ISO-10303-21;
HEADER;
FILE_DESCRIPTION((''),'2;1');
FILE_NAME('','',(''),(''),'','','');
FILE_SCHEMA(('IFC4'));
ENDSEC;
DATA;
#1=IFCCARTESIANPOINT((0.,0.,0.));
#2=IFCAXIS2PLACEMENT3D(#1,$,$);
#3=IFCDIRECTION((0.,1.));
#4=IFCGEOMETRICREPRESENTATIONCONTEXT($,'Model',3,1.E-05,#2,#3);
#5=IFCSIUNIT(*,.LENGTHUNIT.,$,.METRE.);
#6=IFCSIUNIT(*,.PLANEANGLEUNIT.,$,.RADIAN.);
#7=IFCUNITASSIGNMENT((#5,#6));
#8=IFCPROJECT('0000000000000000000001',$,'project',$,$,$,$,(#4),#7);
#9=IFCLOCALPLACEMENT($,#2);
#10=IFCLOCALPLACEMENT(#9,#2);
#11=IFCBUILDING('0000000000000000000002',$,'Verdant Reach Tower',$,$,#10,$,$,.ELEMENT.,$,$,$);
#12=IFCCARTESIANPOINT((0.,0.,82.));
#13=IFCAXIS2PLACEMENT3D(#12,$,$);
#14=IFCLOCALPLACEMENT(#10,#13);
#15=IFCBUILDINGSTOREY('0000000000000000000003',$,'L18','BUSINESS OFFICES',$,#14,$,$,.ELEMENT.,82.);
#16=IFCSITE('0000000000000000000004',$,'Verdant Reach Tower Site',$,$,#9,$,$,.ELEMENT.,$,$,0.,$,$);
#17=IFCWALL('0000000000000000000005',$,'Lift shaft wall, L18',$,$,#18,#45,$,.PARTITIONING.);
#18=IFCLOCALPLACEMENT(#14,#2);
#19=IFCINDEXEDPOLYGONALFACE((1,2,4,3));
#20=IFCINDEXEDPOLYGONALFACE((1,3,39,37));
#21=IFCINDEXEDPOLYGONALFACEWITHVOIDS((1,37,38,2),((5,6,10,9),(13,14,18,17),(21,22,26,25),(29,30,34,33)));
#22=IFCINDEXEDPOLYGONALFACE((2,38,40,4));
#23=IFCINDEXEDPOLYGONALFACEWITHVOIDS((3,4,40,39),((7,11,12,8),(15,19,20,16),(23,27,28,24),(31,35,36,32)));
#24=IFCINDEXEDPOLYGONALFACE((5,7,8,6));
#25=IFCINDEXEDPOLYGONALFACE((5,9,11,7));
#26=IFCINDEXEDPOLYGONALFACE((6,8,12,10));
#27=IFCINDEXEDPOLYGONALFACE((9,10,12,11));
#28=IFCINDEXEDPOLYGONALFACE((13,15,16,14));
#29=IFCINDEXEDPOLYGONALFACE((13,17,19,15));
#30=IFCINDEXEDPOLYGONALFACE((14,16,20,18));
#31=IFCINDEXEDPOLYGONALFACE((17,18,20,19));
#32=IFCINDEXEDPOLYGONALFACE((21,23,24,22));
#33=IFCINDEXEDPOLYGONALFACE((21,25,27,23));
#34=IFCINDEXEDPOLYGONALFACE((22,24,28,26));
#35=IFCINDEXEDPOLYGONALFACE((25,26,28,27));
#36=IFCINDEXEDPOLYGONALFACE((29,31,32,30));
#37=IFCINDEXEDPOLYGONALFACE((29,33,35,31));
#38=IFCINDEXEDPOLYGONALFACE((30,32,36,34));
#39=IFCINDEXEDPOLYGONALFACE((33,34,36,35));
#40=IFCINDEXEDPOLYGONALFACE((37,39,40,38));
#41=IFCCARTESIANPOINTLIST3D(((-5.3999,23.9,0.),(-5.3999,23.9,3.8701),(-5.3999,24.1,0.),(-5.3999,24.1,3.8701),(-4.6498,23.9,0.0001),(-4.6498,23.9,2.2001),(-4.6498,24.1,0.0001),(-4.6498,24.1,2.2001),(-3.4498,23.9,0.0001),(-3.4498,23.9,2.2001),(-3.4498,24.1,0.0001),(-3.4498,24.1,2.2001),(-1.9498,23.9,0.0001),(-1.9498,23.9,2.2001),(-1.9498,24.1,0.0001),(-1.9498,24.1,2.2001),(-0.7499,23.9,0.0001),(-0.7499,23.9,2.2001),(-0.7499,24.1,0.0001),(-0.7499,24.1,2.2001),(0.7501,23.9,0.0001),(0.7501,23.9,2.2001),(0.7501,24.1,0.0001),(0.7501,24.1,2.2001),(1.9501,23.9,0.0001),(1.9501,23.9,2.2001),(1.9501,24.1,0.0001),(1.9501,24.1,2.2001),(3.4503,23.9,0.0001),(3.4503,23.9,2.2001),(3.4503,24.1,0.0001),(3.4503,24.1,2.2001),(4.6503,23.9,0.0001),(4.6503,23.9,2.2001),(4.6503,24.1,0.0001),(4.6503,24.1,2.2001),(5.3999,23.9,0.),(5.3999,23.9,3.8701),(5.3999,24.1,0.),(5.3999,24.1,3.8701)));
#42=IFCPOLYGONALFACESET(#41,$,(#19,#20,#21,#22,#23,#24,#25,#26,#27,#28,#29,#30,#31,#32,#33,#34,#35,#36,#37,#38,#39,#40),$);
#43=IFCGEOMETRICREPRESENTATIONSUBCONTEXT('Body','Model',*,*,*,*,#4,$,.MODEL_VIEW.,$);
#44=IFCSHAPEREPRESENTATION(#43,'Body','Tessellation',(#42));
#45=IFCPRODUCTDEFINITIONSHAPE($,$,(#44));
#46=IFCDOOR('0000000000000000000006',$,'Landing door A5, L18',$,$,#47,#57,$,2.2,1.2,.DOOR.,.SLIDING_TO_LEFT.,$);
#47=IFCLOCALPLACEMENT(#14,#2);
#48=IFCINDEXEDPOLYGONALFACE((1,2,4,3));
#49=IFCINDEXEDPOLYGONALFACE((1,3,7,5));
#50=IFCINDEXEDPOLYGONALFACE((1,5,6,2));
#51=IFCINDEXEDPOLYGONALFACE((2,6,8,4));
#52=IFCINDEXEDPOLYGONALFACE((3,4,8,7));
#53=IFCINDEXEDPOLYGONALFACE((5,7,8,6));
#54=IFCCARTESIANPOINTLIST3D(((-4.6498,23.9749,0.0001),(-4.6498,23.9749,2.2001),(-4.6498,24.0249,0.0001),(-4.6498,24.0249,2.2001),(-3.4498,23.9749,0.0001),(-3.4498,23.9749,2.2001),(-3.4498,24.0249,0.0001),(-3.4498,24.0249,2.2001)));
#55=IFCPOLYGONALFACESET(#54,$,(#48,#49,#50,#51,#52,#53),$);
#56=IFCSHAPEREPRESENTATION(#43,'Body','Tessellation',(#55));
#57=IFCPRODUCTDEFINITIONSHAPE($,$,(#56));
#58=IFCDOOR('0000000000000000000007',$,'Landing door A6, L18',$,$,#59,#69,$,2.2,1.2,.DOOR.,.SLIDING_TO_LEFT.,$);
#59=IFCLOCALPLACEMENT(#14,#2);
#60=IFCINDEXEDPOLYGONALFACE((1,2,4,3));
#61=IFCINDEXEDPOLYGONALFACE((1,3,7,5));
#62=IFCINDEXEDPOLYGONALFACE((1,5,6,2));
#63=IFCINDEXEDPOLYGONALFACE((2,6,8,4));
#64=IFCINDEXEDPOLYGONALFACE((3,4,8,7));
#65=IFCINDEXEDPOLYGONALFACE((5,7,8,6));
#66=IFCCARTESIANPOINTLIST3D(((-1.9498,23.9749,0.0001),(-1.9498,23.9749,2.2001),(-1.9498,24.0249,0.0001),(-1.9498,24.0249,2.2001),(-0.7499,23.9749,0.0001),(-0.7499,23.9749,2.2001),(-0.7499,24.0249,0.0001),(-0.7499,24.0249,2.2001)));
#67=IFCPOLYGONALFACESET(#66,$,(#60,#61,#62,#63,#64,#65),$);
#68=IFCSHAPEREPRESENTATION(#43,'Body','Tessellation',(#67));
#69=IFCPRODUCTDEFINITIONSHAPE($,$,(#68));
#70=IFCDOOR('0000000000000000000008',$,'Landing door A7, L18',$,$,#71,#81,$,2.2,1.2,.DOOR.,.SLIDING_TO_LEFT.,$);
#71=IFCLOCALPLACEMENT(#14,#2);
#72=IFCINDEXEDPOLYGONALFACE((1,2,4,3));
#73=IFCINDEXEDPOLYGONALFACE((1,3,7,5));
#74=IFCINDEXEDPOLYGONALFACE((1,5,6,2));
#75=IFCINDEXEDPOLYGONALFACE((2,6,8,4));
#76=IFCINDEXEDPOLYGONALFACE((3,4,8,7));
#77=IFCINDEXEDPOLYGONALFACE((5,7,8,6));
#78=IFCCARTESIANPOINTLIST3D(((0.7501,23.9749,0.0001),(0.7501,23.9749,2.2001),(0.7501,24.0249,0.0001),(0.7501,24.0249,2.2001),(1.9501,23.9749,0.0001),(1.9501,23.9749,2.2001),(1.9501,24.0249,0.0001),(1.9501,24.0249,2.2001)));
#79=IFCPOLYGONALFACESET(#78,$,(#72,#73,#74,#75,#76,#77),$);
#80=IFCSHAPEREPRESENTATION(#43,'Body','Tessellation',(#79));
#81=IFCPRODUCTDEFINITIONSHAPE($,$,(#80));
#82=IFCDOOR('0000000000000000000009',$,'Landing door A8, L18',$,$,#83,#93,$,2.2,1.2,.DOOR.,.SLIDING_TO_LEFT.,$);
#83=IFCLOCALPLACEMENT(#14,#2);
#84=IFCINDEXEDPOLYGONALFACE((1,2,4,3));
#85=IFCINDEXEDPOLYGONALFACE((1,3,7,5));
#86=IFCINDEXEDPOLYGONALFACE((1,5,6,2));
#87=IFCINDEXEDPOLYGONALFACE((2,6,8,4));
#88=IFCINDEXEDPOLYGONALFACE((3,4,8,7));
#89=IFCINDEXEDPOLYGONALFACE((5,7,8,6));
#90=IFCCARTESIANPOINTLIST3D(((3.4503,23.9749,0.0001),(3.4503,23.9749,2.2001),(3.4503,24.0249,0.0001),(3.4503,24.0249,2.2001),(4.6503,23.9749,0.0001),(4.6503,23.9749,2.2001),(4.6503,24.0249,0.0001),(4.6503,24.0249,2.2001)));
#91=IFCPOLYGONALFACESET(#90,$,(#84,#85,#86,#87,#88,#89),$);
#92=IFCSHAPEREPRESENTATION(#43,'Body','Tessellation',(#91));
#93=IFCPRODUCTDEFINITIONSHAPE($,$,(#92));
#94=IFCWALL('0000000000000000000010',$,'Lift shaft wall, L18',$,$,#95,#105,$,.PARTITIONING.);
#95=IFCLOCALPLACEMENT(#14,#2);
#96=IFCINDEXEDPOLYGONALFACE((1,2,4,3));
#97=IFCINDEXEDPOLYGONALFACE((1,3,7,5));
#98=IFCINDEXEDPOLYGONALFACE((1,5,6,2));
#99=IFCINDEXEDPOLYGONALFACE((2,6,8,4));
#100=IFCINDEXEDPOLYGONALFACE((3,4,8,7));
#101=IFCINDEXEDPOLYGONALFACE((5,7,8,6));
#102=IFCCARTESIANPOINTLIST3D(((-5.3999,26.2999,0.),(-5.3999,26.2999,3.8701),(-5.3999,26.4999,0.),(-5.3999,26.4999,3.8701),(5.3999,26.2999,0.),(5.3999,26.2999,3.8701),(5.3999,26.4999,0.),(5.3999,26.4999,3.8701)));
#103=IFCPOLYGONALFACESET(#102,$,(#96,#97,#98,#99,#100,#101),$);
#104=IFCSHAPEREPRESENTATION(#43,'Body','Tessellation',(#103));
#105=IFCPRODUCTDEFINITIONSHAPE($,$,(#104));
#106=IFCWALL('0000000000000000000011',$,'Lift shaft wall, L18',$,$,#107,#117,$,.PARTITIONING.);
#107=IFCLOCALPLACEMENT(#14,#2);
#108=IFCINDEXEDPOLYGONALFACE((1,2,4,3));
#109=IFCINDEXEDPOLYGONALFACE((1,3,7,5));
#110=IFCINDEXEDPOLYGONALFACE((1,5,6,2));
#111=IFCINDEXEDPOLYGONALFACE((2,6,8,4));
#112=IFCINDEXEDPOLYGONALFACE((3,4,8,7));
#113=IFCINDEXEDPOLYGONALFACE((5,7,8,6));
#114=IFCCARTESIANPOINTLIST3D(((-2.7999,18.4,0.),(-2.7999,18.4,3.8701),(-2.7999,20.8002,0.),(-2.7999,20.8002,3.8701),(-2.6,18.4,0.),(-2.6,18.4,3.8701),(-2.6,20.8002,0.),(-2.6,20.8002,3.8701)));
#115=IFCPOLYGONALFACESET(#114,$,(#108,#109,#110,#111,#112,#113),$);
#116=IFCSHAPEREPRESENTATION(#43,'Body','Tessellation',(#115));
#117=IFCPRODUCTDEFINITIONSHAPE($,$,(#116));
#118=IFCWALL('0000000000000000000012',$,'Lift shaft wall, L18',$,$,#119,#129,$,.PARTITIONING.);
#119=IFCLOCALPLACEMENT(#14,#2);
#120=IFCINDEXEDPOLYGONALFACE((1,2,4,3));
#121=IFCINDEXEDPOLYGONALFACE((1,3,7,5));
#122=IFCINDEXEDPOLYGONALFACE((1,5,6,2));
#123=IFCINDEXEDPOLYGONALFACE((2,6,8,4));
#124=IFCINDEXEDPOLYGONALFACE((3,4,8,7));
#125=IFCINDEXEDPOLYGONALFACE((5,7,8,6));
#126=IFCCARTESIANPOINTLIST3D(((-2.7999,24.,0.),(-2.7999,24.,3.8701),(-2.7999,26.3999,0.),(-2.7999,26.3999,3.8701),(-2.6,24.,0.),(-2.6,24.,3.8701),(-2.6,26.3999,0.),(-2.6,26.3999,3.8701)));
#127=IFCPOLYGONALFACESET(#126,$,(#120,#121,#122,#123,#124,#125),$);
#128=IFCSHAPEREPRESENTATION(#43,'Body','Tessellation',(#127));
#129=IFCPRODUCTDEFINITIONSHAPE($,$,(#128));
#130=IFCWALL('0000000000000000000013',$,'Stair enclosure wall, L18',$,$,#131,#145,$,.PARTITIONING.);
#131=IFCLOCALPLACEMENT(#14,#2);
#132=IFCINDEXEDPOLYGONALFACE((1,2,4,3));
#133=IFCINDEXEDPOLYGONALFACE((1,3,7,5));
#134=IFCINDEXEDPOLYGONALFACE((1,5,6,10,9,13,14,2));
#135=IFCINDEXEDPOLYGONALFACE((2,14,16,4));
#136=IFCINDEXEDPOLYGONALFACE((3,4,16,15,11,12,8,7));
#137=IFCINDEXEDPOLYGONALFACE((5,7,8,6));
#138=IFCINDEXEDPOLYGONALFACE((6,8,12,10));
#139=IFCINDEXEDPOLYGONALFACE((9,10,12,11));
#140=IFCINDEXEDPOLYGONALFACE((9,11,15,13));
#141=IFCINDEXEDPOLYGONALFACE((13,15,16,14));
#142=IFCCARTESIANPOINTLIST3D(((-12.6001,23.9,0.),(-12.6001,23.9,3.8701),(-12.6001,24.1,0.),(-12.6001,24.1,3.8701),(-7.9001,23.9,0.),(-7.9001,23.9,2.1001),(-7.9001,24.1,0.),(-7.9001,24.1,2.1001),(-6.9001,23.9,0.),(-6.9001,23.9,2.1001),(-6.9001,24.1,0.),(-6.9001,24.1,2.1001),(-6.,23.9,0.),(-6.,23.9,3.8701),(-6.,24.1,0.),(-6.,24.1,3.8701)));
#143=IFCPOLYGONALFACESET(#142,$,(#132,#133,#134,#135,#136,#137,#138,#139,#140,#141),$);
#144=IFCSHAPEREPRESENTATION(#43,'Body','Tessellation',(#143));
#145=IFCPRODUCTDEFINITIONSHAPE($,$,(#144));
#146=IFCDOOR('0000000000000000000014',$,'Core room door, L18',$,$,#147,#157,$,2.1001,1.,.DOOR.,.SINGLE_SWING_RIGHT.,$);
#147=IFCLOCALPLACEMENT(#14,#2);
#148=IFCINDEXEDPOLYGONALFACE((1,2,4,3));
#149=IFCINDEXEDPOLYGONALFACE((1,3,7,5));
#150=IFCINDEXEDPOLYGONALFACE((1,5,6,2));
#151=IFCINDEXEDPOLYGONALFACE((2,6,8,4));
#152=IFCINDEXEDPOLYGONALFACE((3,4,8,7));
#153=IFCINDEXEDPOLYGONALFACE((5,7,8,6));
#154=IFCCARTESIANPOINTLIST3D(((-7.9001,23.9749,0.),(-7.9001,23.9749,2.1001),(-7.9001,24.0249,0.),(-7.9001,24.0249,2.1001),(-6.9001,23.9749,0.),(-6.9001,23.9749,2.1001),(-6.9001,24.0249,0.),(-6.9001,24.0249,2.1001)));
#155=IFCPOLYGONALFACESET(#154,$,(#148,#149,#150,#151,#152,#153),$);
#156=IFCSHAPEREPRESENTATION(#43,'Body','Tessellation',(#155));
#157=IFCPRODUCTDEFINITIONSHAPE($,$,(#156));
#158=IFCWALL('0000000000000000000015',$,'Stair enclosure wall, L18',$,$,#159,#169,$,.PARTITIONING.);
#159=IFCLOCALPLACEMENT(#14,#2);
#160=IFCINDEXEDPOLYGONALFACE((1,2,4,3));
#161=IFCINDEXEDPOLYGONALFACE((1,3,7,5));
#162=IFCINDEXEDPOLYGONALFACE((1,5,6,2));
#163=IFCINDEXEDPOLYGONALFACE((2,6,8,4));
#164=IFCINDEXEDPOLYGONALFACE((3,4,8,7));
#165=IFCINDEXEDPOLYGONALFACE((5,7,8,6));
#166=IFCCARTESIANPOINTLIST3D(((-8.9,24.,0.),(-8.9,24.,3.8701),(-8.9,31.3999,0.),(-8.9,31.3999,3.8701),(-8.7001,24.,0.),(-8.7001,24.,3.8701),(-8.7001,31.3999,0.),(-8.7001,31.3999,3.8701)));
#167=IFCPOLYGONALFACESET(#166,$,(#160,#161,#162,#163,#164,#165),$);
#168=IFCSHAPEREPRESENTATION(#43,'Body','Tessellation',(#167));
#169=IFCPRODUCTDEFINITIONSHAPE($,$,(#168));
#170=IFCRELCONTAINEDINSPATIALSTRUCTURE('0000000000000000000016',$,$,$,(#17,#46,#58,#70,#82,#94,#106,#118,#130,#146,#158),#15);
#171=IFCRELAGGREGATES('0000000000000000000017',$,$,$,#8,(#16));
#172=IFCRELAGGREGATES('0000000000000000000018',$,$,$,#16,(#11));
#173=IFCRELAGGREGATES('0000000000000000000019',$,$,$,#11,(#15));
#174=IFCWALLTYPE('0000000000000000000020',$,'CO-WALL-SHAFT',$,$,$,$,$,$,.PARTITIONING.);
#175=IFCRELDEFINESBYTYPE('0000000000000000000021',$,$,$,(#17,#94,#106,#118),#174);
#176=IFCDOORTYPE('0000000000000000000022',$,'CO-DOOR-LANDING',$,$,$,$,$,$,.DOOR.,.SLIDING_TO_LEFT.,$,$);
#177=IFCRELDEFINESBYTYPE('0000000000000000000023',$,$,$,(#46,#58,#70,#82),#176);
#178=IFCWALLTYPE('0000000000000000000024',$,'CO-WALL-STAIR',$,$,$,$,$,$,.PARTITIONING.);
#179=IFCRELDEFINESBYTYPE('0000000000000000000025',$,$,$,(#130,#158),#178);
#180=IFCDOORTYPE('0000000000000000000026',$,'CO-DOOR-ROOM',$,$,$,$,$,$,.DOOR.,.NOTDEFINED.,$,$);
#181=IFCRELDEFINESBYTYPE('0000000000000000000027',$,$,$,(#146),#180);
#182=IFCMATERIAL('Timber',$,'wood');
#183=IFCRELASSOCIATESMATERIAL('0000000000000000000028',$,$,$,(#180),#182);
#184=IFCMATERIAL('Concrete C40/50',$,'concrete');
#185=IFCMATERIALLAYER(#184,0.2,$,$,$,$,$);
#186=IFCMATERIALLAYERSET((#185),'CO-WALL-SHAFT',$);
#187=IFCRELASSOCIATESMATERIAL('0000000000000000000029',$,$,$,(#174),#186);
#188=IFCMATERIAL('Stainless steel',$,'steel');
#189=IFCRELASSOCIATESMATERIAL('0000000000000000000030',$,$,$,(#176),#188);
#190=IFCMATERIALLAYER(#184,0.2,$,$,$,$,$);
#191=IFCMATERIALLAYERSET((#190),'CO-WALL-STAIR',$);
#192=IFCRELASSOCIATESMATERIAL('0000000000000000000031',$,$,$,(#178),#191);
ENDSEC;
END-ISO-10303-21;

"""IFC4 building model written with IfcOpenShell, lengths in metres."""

from ifc_helpers import new_model, si_unit, direction, frame, frame_2d, origin, place, context, subcontext, project, spatial, rectangle, extrude, material, layer, layer_set, type_object, element, fill, save


model = new_model("IFC4")

# Units and contexts
model_context = context("Model", 3, precision=1e-05, world=origin(), true_north=direction((0.0, 1.0)))
body_context = subcontext(model_context, "Body", "Model", "MODEL_VIEW")
ifc_project = project(units=[si_unit("LENGTHUNIT", "METRE"), si_unit("PLANEANGLEUNIT", "RADIAN")], contexts=[model_context])

# Site, building, storey
site_placement = place(None, origin())
site = spatial("IfcSite", under=ifc_project, at=site_placement, Name="Verdant Reach Tower Site", CompositionType="ELEMENT", RefElevation=0.0)
building_placement = place(site_placement, origin())
building = spatial("IfcBuilding", under=site, at=building_placement, Name="Verdant Reach Tower", CompositionType="ELEMENT")
storey_placement = place(building_placement, frame((0.0, 0.0, 82.0)))
storey = spatial("IfcBuildingStorey", under=building, at=storey_placement, Name="L18", Description="BUSINESS OFFICES", CompositionType="ELEMENT", Elevation=82.0)

# Shared definitions
ifc_material_1 = material(Name="Timber", Category="wood")
door_type_1 = type_object("IfcDoorType", Name="CO-DOOR-ROOM", OperationType="NOTDEFINED", PredefinedType="DOOR", material=ifc_material_1)

# Wall, openings, doors
ifc_material_2 = material(Name="Concrete C40/50", Category="concrete")
ifc_layer_1 = layer(ifc_material_2, 0.2)
ifc_layer_set_1 = layer_set([ifc_layer_1], Name="CO-WALL-SHAFT")
wall_type_1 = type_object("IfcWallType", Name="CO-WALL-SHAFT", PredefinedType="PARTITIONING", material=ifc_layer_set_1)
ifc_material_3 = material(Name="Stainless steel", Category="steel")
door_type_2 = type_object("IfcDoorType", Name="CO-DOOR-LANDING", OperationType="SLIDING_TO_LEFT", PredefinedType="DOOR", material=ifc_material_3)
wall_1_placement = place(storey_placement, frame((-5.3999, 24.0, 0.0), z_axis=(0.0, 0.0, 1.0), x_axis=(1.0, 0.0, 0.0)))
wall_1 = element("IfcWall", 1, at=wall_1_placement, inside=storey, type_object=wall_type_1, Name="Lift shaft wall, L18", PredefinedType="PARTITIONING", context=body_context, shape_type="SweptSolid", body=[
    extrude(rectangle(XDim=10.7998, YDim=0.2, at=frame_2d((5.3999, 0.0))), origin(), (0.0, 0.0, 1.0), 3.8701),
])
opening_1_placement = place(wall_1_placement, frame((0.75, 0.0, 0.0)))
opening_1 = element("IfcOpeningElement", 2, at=opening_1_placement, cuts=wall_1, PredefinedType="OPENING", context=body_context, shape_type="SweptSolid", body=[
    extrude(rectangle(XDim=1.2, YDim=2.2, at=frame_2d((0.6001, 1.1001))), frame((0.0, 0.1099, 0.0), z_axis=(0.0, -1.0, 0.0), x_axis=(1.0, 0.0, 0.0)), (0.0, 0.0, 1.0), 0.22),
])
opening_2_placement = place(wall_1_placement, frame((3.45, 0.0, 0.0)))
opening_2 = element("IfcOpeningElement", 3, at=opening_2_placement, cuts=wall_1, PredefinedType="OPENING", context=body_context, shape_type="SweptSolid", body=[
    extrude(rectangle(XDim=1.2, YDim=2.2, at=frame_2d((0.6001, 1.1001))), frame((0.0, 0.1099, 0.0), z_axis=(0.0, -1.0, 0.0), x_axis=(1.0, 0.0, 0.0)), (0.0, 0.0, 1.0), 0.22),
])
opening_3_placement = place(wall_1_placement, frame((6.1499, 0.0, 0.0)))
opening_3 = element("IfcOpeningElement", 4, at=opening_3_placement, cuts=wall_1, PredefinedType="OPENING", context=body_context, shape_type="SweptSolid", body=[
    extrude(rectangle(XDim=1.2, YDim=2.2, at=frame_2d((0.6001, 1.1001))), frame((0.0, 0.1099, 0.0), z_axis=(0.0, -1.0, 0.0), x_axis=(1.0, 0.0, 0.0)), (0.0, 0.0, 1.0), 0.22),
])
opening_4_placement = place(wall_1_placement, frame((8.8501, 0.0, 0.0)))
opening_4 = element("IfcOpeningElement", 5, at=opening_4_placement, cuts=wall_1, PredefinedType="OPENING", context=body_context, shape_type="SweptSolid", body=[
    extrude(rectangle(XDim=1.2, YDim=2.2, at=frame_2d((0.6001, 1.1001))), frame((0.0, 0.1099, 0.0), z_axis=(0.0, -1.0, 0.0), x_axis=(1.0, 0.0, 0.0)), (0.0, 0.0, 1.0), 0.22),
])
door_1_placement = place(opening_1_placement, origin())
door_1 = element("IfcDoor", 6, at=door_1_placement, inside=storey, type_object=door_type_2, Name="Landing door A5, L18", OperationType="SLIDING_TO_LEFT", OverallHeight=2.2, OverallWidth=1.2, PredefinedType="DOOR", context=body_context, shape_type="SweptSolid", body=[
    extrude(rectangle(XDim=1.2, YDim=2.2, at=frame_2d((0.6001, 1.1001))), frame((0.0, 0.0249, 0.0), z_axis=(0.0, -1.0, 0.0), x_axis=(1.0, 0.0, 0.0)), (0.0, 0.0, 1.0), 0.05),
])
fill(opening_1, door_1)
door_2_placement = place(opening_2_placement, origin())
door_2 = element("IfcDoor", 7, at=door_2_placement, inside=storey, type_object=door_type_2, Name="Landing door A6, L18", OperationType="SLIDING_TO_LEFT", OverallHeight=2.2, OverallWidth=1.2, PredefinedType="DOOR", context=body_context, shape_type="SweptSolid", body=[
    extrude(rectangle(XDim=1.2, YDim=2.2, at=frame_2d((0.6001, 1.1001))), frame((0.0, 0.0249, 0.0), z_axis=(0.0, -1.0, 0.0), x_axis=(1.0, 0.0, 0.0)), (0.0, 0.0, 1.0), 0.05),
])
fill(opening_2, door_2)
door_3_placement = place(opening_3_placement, origin())
door_3 = element("IfcDoor", 8, at=door_3_placement, inside=storey, type_object=door_type_2, Name="Landing door A7, L18", OperationType="SLIDING_TO_LEFT", OverallHeight=2.2, OverallWidth=1.2, PredefinedType="DOOR", context=body_context, shape_type="SweptSolid", body=[
    extrude(rectangle(XDim=1.2, YDim=2.2, at=frame_2d((0.6001, 1.1001))), frame((0.0, 0.0249, 0.0), z_axis=(0.0, -1.0, 0.0), x_axis=(1.0, 0.0, 0.0)), (0.0, 0.0, 1.0), 0.05),
])
fill(opening_3, door_3)
door_4_placement = place(opening_4_placement, origin())
door_4 = element("IfcDoor", 9, at=door_4_placement, inside=storey, type_object=door_type_2, Name="Landing door A8, L18", OperationType="SLIDING_TO_LEFT", OverallHeight=2.2, OverallWidth=1.2, PredefinedType="DOOR", context=body_context, shape_type="SweptSolid", body=[
    extrude(rectangle(XDim=1.2, YDim=2.2, at=frame_2d((0.6001, 1.1001))), frame((0.0, 0.0249, 0.0), z_axis=(0.0, -1.0, 0.0), x_axis=(1.0, 0.0, 0.0)), (0.0, 0.0, 1.0), 0.05),
])
fill(opening_4, door_4)

# Walls
wall_2_placement = place(storey_placement, frame((-5.3999, 26.3999, 0.0), z_axis=(0.0, 0.0, 1.0), x_axis=(1.0, 0.0, 0.0)))
element("IfcWall", 10, at=wall_2_placement, inside=storey, type_object=wall_type_1, Name="Lift shaft wall, L18", PredefinedType="PARTITIONING", context=body_context, shape_type="SweptSolid", body=[
    extrude(rectangle(XDim=10.7998, YDim=0.2, at=frame_2d((5.3999, 0.0))), origin(), (0.0, 0.0, 1.0), 3.8701),
])
wall_3_placement = place(storey_placement, frame((-2.7, 18.3999, 0.0), z_axis=(0.0, 0.0, 1.0), x_axis=(0.0, 1.0, 0.0)))
element("IfcWall", 11, at=wall_3_placement, inside=storey, type_object=wall_type_1, Name="Lift shaft wall, L18", PredefinedType="PARTITIONING", context=body_context, shape_type="SweptSolid", body=[
    extrude(rectangle(XDim=2.4001, YDim=0.2, at=frame_2d((1.2002, 0.0))), origin(), (0.0, 0.0, 1.0), 3.8701),
])
wall_4_placement = place(storey_placement, frame((-2.7, 24.0, 0.0), z_axis=(0.0, 0.0, 1.0), x_axis=(0.0, 1.0, 0.0)))
element("IfcWall", 12, at=wall_4_placement, inside=storey, type_object=wall_type_1, Name="Lift shaft wall, L18", PredefinedType="PARTITIONING", context=body_context, shape_type="SweptSolid", body=[
    extrude(rectangle(XDim=2.3999, YDim=0.2, at=frame_2d((1.2, 0.0))), origin(), (0.0, 0.0, 1.0), 3.8701),
])

# Wall, opening, door
ifc_layer_2 = layer(ifc_material_2, 0.2)
ifc_layer_set_2 = layer_set([ifc_layer_2], Name="CO-WALL-STAIR")
wall_type_2 = type_object("IfcWallType", Name="CO-WALL-STAIR", PredefinedType="PARTITIONING", material=ifc_layer_set_2)
wall_5_placement = place(storey_placement, frame((-12.6001, 24.0, 0.0), z_axis=(0.0, 0.0, 1.0), x_axis=(1.0, 0.0, 0.0)))
wall_5 = element("IfcWall", 13, at=wall_5_placement, inside=storey, type_object=wall_type_2, Name="Stair enclosure wall, L18", PredefinedType="PARTITIONING", context=body_context, shape_type="SweptSolid", body=[
    extrude(rectangle(XDim=6.6001, YDim=0.2, at=frame_2d((3.3, 0.0))), origin(), (0.0, 0.0, 1.0), 3.8701),
])
opening_5_placement = place(wall_5_placement, frame((4.7, 0.0, 0.0)))
opening_5 = element("IfcOpeningElement", 14, at=opening_5_placement, cuts=wall_5, PredefinedType="OPENING", context=body_context, shape_type="SweptSolid", body=[
    extrude(rectangle(XDim=1.0, YDim=2.1001, at=frame_2d((0.5, 1.05))), frame((0.0, 0.1099, 0.0), z_axis=(0.0, -1.0, 0.0), x_axis=(1.0, 0.0, 0.0)), (0.0, 0.0, 1.0), 0.22),
])
door_5_placement = place(opening_5_placement, origin())
door_5 = element("IfcDoor", 15, at=door_5_placement, inside=storey, type_object=door_type_1, Name="Core room door, L18", OperationType="SINGLE_SWING_RIGHT", OverallHeight=2.1001, OverallWidth=1.0, PredefinedType="DOOR", context=body_context, shape_type="SweptSolid", body=[
    extrude(rectangle(XDim=1.0, YDim=2.1001, at=frame_2d((0.5, 1.05))), frame((0.0, 0.0249, 0.0), z_axis=(0.0, -1.0, 0.0), x_axis=(1.0, 0.0, 0.0)), (0.0, 0.0, 1.0), 0.05),
])
fill(opening_5, door_5)

# Wall
wall_6_placement = place(storey_placement, frame((-8.8, 24.0, 0.0), z_axis=(0.0, 0.0, 1.0), x_axis=(0.0, 1.0, 0.0)))
element("IfcWall", 16, at=wall_6_placement, inside=storey, type_object=wall_type_2, Name="Stair enclosure wall, L18", PredefinedType="PARTITIONING", context=body_context, shape_type="SweptSolid", body=[
    extrude(rectangle(XDim=7.3999, YDim=0.2, at=frame_2d((3.7, 0.0))), origin(), (0.0, 0.0, 1.0), 3.8701),
])

save(model, "model.ifc")
